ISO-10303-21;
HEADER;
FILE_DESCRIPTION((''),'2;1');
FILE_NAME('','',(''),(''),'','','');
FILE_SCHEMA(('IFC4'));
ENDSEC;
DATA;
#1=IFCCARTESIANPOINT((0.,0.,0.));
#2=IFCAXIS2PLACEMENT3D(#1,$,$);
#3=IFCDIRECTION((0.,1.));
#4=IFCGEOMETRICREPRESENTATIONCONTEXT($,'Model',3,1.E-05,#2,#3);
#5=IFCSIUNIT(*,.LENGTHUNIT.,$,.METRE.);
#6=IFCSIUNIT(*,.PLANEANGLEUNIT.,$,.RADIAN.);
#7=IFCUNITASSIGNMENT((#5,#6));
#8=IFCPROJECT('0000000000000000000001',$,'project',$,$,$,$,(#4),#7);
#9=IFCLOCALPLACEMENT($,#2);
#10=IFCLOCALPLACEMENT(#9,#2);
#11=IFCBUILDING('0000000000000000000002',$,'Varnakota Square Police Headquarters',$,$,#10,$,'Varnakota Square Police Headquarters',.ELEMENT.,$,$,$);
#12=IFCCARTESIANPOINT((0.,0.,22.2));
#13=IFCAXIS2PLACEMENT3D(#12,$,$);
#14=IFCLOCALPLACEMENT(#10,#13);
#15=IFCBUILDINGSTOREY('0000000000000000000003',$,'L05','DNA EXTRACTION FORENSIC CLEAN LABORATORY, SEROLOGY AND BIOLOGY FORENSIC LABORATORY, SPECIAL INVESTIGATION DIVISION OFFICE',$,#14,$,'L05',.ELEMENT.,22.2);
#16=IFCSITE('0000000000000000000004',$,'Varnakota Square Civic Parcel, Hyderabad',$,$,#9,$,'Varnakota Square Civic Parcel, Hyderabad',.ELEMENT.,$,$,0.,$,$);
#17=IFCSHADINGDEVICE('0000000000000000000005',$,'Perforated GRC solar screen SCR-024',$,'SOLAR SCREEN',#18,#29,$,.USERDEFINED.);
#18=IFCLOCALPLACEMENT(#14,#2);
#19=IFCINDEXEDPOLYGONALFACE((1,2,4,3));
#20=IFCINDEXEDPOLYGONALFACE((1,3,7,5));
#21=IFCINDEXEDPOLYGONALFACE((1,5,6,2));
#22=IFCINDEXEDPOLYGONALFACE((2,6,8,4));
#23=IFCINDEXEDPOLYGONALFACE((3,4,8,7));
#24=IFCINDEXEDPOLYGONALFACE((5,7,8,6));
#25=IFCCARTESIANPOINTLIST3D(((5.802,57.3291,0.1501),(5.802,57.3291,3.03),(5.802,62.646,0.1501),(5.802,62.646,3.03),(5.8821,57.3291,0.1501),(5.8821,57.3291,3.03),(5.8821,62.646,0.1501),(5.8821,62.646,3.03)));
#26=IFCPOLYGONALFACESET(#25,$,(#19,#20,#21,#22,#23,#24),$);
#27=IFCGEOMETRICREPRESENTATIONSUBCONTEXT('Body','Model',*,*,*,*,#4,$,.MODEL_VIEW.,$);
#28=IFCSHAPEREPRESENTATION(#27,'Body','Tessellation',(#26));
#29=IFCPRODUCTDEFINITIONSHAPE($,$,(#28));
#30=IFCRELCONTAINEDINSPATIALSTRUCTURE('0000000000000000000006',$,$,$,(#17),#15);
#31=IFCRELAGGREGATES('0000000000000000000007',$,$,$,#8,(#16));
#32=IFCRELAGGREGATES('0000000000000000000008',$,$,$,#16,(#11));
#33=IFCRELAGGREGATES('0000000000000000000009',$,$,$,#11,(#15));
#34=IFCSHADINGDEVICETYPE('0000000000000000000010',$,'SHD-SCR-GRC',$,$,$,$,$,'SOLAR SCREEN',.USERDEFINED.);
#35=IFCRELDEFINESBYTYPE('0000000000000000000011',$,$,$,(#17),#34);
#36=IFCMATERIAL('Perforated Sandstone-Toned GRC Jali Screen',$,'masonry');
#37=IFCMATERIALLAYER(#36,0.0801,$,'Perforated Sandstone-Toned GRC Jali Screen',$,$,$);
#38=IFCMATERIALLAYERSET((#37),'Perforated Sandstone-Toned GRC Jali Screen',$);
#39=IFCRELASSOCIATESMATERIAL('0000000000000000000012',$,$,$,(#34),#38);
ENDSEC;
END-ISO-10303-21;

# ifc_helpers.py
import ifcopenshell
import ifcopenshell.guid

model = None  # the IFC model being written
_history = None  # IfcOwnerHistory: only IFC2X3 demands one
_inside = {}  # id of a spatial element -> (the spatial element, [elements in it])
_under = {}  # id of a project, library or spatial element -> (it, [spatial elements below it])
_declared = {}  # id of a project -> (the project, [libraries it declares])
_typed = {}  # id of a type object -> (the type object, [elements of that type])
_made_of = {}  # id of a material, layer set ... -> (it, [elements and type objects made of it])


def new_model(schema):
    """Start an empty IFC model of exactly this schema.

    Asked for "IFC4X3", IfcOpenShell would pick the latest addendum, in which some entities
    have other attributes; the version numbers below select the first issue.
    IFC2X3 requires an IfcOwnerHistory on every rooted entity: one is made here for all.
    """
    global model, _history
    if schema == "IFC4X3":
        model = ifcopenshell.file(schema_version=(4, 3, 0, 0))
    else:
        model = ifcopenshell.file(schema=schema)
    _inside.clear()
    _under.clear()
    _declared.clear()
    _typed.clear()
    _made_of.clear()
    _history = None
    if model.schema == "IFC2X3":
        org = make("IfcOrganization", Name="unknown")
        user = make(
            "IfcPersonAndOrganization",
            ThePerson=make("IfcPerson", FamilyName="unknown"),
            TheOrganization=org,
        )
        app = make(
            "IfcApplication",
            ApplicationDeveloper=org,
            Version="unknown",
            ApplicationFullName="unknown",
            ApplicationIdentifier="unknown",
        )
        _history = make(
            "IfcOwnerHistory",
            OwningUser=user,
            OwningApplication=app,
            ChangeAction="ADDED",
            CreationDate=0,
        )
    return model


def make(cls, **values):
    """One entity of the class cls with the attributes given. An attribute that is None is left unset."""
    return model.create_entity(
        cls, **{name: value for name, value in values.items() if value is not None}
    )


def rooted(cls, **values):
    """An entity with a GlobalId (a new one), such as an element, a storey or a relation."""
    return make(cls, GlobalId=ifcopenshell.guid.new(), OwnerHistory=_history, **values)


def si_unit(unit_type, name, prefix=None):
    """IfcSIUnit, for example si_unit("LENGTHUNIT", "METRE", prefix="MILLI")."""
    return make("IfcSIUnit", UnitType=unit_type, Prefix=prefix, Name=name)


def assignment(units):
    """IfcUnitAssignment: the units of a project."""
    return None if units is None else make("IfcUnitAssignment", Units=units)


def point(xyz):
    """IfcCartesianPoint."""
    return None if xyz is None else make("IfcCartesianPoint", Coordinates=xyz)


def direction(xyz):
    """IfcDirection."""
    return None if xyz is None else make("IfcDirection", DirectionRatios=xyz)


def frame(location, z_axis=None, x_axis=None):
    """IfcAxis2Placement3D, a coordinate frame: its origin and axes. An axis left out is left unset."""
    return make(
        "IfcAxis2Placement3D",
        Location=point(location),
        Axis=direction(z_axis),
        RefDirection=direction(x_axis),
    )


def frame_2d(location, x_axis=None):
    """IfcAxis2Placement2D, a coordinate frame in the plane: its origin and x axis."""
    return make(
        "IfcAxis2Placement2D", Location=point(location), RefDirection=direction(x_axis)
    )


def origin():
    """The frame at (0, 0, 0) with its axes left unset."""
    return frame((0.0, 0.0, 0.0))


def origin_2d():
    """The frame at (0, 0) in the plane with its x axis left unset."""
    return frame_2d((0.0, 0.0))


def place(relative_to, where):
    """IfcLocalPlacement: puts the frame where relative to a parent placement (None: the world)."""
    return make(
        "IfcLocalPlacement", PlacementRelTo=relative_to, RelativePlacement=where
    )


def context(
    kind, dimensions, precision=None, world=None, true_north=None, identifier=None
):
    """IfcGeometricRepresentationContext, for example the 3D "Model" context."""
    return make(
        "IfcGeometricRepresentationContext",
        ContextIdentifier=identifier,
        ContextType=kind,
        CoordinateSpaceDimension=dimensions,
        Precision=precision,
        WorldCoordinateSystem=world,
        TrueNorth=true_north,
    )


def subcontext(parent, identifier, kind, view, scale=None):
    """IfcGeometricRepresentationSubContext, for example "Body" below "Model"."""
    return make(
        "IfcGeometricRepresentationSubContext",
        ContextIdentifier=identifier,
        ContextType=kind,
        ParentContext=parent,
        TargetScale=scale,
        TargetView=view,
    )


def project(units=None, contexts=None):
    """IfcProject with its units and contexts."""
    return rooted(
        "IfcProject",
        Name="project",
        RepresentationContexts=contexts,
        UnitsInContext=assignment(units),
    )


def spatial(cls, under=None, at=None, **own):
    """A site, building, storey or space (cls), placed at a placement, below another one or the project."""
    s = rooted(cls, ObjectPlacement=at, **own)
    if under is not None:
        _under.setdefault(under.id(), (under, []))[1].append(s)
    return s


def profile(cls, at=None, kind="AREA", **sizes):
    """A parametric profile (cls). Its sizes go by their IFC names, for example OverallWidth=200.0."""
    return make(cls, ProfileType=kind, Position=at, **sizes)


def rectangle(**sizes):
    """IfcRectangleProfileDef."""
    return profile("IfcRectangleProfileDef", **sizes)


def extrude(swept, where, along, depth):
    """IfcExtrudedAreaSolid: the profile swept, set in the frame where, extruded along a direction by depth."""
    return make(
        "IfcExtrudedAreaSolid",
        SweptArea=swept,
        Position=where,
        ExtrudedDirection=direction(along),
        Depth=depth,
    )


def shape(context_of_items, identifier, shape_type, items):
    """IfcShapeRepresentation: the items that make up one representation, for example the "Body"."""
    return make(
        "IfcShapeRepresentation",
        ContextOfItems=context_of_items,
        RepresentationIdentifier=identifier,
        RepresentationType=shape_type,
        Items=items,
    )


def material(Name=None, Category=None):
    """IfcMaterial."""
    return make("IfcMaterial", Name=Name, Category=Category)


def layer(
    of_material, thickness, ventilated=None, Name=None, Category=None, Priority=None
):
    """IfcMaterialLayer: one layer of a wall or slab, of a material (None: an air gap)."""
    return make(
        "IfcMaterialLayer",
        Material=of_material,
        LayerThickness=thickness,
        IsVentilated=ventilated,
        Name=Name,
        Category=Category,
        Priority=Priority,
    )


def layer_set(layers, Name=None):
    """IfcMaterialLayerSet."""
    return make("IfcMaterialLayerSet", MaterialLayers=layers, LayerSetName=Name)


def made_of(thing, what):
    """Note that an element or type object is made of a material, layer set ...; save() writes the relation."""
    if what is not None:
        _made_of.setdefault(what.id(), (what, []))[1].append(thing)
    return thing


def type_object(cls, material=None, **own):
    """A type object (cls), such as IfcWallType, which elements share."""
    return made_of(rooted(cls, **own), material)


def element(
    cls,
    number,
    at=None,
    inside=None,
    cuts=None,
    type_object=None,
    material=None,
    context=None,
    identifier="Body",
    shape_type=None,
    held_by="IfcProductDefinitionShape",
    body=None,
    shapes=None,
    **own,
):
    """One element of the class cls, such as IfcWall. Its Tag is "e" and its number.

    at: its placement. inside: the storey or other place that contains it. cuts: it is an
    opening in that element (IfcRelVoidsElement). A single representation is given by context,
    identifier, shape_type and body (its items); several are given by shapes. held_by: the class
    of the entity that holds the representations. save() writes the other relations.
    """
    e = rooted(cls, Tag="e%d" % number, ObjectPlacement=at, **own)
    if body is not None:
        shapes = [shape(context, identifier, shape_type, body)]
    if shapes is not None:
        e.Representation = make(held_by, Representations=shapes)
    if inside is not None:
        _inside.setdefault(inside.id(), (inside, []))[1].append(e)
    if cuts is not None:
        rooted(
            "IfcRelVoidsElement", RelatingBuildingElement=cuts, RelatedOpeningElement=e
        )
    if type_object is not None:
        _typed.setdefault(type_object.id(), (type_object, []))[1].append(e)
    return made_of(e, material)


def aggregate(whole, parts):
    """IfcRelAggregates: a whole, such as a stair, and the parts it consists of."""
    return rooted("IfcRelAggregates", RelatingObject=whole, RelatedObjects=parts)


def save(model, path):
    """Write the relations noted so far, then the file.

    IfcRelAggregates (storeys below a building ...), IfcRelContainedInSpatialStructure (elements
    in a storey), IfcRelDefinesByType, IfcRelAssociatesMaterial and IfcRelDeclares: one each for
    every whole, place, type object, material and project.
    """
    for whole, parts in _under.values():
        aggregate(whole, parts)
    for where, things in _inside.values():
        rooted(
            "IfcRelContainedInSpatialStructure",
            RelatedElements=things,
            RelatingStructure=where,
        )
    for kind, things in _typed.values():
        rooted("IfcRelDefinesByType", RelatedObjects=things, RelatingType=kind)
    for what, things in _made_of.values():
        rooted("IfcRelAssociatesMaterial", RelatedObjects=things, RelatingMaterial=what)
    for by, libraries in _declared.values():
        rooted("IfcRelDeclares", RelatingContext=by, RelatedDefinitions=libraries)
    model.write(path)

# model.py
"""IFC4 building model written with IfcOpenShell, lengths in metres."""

from ifc_helpers import new_model, si_unit, direction, frame, origin, origin_2d, place, context, subcontext, project, spatial, rectangle, extrude, material, layer, layer_set, type_object, element, save


model = new_model("IFC4")

# Units and contexts
model_context = context("Model", 3, precision=1e-05, world=origin(), true_north=direction((0.0, 1.0)))
body_context = subcontext(model_context, "Body", "Model", "MODEL_VIEW")
ifc_project = project(units=[si_unit("LENGTHUNIT", "METRE"), si_unit("PLANEANGLEUNIT", "RADIAN")], contexts=[model_context])

# Site, building, storey
site_placement = place(None, origin())
site = spatial("IfcSite", under=ifc_project, at=site_placement, Name="Varnakota Square Civic Parcel, Hyderabad", LongName="Varnakota Square Civic Parcel, Hyderabad", CompositionType="ELEMENT", RefElevation=0.0)
building_placement = place(site_placement, origin())
building = spatial("IfcBuilding", under=site, at=building_placement, Name="Varnakota Square Police Headquarters", LongName="Varnakota Square Police Headquarters", CompositionType="ELEMENT")
storey_placement = place(building_placement, frame((0.0, 0.0, 22.2)))
storey = spatial("IfcBuildingStorey", under=building, at=storey_placement, Name="L05", Description="DNA EXTRACTION FORENSIC CLEAN LABORATORY, SEROLOGY AND BIOLOGY FORENSIC LABORATORY, SPECIAL INVESTIGATION DIVISION OFFICE", LongName="L05", CompositionType="ELEMENT", Elevation=22.2)

# Shading device
ifc_material_1 = material(Name="Perforated Sandstone-Toned GRC Jali Screen", Category="masonry")
ifc_layer_1 = layer(ifc_material_1, 0.0801, Name="Perforated Sandstone-Toned GRC Jali Screen")
ifc_layer_set_1 = layer_set([ifc_layer_1], Name="Perforated Sandstone-Toned GRC Jali Screen")
shading_device_type = type_object("IfcShadingDeviceType", Name="SHD-SCR-GRC", ElementType="SOLAR SCREEN", PredefinedType="USERDEFINED", material=ifc_layer_set_1)
shading_device_placement = place(storey_placement, frame((5.842, 59.9875, 0.1501), z_axis=(0.0, 0.0, 1.0), x_axis=(0.0, 1.0, 0.0)))
element("IfcShadingDevice", 1, at=shading_device_placement, inside=storey, type_object=shading_device_type, Name="Perforated GRC solar screen SCR-024", ObjectType="SOLAR SCREEN", PredefinedType="USERDEFINED", context=body_context, shape_type="SweptSolid", body=[
    extrude(rectangle(XDim=5.3169, YDim=0.0801, at=origin_2d()), origin(), (0.0, 0.0, 1.0), 2.8799),
])

save(model, "model.ifc")
